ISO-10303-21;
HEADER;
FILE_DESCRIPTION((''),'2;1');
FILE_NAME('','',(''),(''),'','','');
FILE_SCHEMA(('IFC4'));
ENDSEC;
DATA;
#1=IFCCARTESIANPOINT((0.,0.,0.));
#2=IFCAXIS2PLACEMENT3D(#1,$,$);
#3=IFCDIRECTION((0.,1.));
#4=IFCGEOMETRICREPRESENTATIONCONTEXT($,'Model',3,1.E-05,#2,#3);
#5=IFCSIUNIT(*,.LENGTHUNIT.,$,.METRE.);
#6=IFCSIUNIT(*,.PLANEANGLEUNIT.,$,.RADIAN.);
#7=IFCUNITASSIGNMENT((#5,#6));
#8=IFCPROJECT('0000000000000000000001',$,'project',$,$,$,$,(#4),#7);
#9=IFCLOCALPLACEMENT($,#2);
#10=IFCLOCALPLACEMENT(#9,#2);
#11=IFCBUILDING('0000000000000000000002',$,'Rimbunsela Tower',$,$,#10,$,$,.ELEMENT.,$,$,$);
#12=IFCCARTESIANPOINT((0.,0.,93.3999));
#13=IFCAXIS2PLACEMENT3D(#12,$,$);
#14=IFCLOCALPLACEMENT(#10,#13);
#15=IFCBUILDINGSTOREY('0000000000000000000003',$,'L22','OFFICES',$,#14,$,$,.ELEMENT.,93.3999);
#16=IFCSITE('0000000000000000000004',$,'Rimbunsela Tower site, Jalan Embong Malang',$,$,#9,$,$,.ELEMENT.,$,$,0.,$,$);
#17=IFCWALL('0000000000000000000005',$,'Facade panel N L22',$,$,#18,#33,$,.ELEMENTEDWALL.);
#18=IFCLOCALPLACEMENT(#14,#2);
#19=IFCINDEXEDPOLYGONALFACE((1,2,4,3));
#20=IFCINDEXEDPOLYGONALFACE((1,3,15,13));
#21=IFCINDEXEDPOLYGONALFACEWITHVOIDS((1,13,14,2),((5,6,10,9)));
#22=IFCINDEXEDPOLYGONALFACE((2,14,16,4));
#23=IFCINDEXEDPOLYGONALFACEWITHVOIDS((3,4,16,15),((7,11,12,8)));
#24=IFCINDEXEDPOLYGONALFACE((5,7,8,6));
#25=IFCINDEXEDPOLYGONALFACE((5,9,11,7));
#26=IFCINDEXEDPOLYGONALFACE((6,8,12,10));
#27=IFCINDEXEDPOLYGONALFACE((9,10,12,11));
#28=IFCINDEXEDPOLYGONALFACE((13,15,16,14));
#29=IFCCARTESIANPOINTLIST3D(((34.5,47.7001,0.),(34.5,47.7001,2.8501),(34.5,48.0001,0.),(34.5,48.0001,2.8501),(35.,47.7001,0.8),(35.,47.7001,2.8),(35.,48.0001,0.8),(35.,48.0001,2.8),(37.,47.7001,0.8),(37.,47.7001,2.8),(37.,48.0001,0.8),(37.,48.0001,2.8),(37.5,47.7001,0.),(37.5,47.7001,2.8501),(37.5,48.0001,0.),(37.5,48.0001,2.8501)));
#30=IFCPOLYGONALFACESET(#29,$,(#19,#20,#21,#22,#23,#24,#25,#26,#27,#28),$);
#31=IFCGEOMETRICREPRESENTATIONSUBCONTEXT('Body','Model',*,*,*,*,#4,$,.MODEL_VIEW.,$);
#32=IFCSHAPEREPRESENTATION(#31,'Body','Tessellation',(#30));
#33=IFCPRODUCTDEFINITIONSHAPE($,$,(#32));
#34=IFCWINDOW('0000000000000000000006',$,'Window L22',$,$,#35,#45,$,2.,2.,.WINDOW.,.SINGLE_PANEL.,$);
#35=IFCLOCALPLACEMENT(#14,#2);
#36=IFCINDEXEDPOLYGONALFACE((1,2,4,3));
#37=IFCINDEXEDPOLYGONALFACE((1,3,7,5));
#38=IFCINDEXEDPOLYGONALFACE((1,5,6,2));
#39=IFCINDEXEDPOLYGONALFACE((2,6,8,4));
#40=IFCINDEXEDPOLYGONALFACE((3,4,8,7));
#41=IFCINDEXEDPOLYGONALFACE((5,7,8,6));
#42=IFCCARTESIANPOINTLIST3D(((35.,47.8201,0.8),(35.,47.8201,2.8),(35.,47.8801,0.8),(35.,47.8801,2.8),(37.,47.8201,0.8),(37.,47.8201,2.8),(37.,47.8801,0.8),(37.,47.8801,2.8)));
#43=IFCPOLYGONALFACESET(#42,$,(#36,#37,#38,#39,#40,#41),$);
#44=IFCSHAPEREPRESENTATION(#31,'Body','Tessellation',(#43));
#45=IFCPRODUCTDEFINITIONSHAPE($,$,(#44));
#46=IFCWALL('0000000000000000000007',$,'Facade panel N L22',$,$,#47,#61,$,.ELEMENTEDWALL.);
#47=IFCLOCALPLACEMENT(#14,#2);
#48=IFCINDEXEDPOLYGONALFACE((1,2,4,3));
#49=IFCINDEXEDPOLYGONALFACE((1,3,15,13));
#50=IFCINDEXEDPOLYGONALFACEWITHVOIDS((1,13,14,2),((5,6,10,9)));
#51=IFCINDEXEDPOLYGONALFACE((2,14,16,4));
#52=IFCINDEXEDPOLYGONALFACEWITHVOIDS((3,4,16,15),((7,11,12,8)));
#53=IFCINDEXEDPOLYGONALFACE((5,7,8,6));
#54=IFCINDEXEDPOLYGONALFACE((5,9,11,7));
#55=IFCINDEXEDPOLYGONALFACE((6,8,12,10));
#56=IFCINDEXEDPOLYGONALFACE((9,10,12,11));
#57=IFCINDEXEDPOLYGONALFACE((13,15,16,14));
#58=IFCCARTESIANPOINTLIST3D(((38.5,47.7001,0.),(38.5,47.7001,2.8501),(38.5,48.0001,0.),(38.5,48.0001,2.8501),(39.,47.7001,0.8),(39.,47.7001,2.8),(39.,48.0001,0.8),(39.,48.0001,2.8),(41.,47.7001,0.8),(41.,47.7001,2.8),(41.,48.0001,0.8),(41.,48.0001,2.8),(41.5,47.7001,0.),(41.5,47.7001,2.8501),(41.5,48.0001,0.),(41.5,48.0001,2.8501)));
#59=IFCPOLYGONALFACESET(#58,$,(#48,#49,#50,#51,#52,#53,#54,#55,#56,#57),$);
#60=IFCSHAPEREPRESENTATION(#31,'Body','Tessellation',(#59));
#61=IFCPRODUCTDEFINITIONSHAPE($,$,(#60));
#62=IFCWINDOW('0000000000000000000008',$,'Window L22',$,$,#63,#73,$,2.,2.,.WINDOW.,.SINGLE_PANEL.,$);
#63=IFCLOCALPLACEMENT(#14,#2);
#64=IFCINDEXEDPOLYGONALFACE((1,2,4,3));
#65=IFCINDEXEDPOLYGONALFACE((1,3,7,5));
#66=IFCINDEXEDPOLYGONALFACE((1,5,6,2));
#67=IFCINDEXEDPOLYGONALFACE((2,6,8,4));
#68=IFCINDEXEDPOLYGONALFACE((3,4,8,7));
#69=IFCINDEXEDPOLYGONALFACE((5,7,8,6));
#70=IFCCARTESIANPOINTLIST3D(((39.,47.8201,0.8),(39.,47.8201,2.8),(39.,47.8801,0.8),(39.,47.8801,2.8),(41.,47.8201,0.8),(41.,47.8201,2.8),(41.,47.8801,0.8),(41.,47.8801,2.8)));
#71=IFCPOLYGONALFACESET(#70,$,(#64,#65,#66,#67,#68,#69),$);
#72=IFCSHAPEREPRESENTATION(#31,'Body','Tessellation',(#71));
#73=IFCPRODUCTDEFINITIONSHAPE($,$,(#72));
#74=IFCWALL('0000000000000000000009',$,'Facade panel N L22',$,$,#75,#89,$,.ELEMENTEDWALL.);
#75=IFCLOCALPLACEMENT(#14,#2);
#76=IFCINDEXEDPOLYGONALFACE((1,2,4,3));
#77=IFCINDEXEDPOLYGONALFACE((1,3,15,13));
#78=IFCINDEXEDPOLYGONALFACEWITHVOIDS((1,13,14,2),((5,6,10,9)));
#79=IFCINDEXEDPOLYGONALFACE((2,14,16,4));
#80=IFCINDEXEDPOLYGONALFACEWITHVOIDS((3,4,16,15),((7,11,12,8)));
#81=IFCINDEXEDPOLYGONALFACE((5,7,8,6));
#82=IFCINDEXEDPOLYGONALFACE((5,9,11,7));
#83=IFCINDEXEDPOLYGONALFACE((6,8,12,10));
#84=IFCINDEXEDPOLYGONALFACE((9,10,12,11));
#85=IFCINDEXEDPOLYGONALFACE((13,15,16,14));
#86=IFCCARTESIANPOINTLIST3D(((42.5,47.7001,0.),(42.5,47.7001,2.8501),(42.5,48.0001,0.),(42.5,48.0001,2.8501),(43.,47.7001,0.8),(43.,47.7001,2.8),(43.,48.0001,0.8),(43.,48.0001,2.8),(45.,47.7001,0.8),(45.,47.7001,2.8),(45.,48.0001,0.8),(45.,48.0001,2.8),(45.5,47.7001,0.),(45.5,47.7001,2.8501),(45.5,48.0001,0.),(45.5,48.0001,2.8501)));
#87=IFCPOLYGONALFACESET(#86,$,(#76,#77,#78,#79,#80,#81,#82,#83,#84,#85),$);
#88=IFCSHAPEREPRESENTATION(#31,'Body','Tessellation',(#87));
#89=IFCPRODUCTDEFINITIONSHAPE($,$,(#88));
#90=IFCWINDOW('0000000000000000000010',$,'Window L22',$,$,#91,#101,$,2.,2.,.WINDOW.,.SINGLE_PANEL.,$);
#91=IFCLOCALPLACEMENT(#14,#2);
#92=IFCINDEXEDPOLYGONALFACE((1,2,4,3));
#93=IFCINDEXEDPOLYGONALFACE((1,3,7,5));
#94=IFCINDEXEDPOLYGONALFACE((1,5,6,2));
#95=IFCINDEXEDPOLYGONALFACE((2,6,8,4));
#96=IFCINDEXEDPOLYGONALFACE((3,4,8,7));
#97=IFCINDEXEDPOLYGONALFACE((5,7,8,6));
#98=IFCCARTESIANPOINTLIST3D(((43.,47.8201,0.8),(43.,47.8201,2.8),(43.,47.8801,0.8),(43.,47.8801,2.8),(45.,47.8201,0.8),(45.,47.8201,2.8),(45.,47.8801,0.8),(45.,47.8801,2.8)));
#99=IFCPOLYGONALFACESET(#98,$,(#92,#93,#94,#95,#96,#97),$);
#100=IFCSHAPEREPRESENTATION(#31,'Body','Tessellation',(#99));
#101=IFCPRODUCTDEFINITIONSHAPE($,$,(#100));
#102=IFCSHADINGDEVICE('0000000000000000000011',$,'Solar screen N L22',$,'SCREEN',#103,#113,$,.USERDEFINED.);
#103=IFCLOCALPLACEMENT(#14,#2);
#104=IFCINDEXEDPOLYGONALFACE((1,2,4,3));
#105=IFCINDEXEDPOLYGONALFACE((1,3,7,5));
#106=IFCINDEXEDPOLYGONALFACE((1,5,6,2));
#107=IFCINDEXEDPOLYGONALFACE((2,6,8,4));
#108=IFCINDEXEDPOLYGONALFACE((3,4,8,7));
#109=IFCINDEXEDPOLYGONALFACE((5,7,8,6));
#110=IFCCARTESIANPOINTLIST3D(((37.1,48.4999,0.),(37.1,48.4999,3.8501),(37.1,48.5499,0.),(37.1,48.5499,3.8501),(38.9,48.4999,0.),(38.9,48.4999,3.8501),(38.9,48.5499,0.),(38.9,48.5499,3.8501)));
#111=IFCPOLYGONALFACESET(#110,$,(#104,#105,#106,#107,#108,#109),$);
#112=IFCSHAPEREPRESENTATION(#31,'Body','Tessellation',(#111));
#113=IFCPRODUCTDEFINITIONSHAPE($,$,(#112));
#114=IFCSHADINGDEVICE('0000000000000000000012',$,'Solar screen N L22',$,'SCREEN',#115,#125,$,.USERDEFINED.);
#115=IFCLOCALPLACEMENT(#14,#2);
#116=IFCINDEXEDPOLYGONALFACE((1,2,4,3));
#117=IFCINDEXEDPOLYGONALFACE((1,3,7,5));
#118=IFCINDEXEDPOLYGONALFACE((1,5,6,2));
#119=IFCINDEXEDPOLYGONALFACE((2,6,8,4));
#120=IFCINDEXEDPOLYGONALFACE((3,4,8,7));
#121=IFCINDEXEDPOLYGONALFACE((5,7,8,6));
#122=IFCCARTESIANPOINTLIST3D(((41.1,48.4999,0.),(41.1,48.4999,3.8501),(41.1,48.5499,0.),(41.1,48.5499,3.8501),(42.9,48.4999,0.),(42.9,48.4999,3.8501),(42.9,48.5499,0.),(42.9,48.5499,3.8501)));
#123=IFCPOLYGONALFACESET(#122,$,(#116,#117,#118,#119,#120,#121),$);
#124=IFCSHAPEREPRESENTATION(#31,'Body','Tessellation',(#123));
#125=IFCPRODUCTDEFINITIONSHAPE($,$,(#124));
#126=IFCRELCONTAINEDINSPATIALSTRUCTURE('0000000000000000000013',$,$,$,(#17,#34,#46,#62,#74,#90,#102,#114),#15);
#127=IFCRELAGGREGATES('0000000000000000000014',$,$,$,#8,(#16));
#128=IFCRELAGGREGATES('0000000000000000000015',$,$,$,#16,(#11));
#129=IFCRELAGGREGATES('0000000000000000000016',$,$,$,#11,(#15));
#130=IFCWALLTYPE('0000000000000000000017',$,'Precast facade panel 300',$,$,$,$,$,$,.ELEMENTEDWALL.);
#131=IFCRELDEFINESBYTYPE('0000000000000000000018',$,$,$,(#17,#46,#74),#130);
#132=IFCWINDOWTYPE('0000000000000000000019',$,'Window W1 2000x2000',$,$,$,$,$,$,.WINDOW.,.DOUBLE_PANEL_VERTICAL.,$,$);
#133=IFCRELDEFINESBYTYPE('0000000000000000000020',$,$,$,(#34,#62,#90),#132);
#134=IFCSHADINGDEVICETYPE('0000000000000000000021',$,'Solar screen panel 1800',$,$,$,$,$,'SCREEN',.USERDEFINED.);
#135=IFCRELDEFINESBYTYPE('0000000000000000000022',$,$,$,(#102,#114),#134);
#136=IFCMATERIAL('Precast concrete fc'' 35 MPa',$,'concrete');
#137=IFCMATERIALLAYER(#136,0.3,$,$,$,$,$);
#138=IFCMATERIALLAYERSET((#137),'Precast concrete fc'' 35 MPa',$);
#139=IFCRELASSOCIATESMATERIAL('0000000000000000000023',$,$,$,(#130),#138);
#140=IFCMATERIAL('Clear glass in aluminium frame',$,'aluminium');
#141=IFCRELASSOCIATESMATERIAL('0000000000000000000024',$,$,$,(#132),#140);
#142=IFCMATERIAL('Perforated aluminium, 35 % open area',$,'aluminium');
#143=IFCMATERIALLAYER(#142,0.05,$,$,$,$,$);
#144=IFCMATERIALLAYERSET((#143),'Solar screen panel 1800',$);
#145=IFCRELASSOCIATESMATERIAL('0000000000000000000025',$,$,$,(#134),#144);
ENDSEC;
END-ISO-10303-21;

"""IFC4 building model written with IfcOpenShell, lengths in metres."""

from ifc_helpers import new_model, si_unit, direction, frame, frame_2d, origin, origin_2d, place, context, subcontext, project, spatial, rectangle, extrude, material, layer, layer_set, type_object, element, fill, save


model = new_model("IFC4")

# Units and contexts
model_context = context("Model", 3, precision=1e-05, world=origin(), true_north=direction((0.0, 1.0)))
body_context = subcontext(model_context, "Body", "Model", "MODEL_VIEW")
ifc_project = project(units=[si_unit("LENGTHUNIT", "METRE"), si_unit("PLANEANGLEUNIT", "RADIAN")], contexts=[model_context])

# Site, building, storey
site_placement = place(None, origin())
site = spatial("IfcSite", under=ifc_project, at=site_placement, Name="Rimbunsela Tower site, Jalan Embong Malang", CompositionType="ELEMENT", RefElevation=0.0)
building_placement = place(site_placement, origin())
building = spatial("IfcBuilding", under=site, at=building_placement, Name="Rimbunsela Tower", CompositionType="ELEMENT")
storey_placement = place(building_placement, frame((0.0, 0.0, 93.3999)))
storey = spatial("IfcBuildingStorey", under=building, at=storey_placement, Name="L22", Description="OFFICES", CompositionType="ELEMENT", Elevation=93.3999)

# Walls, openings, windows
ifc_material_1 = material(Name="Precast concrete fc' 35 MPa", Category="concrete")
ifc_layer_1 = layer(ifc_material_1, 0.3)
ifc_layer_set_1 = layer_set([ifc_layer_1], Name="Precast concrete fc' 35 MPa")
wall_type_1 = type_object("IfcWallType", Name="Precast facade panel 300", PredefinedType="ELEMENTEDWALL", material=ifc_layer_set_1)
wall_1_placement = place(storey_placement, frame((37.5, 47.8501, 0.0), z_axis=(0.0, 0.0, 1.0), x_axis=(-1.0, 0.0, 0.0)))
wall_1 = element("IfcWall", 1, at=wall_1_placement, inside=storey, type_object=wall_type_1, Name="Facade panel N L22", PredefinedType="ELEMENTEDWALL", context=body_context, shape_type="SweptSolid", body=[
    extrude(rectangle(XDim=3.0, YDim=0.3, at=frame_2d((1.5, 0.0))), origin(), (0.0, 0.0, 1.0), 2.8501),
])
opening_1_placement = place(wall_1_placement, frame((0.5, 0.0, 0.8)))
opening_1 = element("IfcOpeningElement", 2, at=opening_1_placement, cuts=wall_1, PredefinedType="OPENING", context=body_context, shape_type="SweptSolid", body=[
    extrude(rectangle(XDim=2.0, YDim=2.0, at=frame_2d((1.0, 1.0))), frame((0.0, 0.1599, 0.0), z_axis=(0.0, -1.0, 0.0), x_axis=(1.0, 0.0, 0.0)), (0.0, 0.0, 1.0), 0.3201),
])
ifc_material_2 = material(Name="Clear glass in aluminium frame", Category="aluminium")
window_type = type_object("IfcWindowType", Name="Window W1 2000x2000", PartitioningType="DOUBLE_PANEL_VERTICAL", PredefinedType="WINDOW", material=ifc_material_2)
window_1_placement = place(opening_1_placement, origin())
window_1 = element("IfcWindow", 3, at=window_1_placement, inside=storey, type_object=window_type, Name="Window L22", OverallHeight=2.0, OverallWidth=2.0, PartitioningType="SINGLE_PANEL", PredefinedType="WINDOW", context=body_context, shape_type="SweptSolid", body=[
    extrude(rectangle(XDim=2.0, YDim=2.0, at=frame_2d((1.0, 1.0))), frame((0.0, 0.03, 0.0), z_axis=(0.0, -1.0, 0.0), x_axis=(1.0, 0.0, 0.0)), (0.0, 0.0, 1.0), 0.0601),
])
fill(opening_1, window_1)
wall_2_placement = place(storey_placement, frame((41.5, 47.8501, 0.0), z_axis=(0.0, 0.0, 1.0), x_axis=(-1.0, 0.0, 0.0)))
wall_2 = element("IfcWall", 4, at=wall_2_placement, inside=storey, type_object=wall_type_1, Name="Facade panel N L22", PredefinedType="ELEMENTEDWALL", context=body_context, shape_type="SweptSolid", body=[
    extrude(rectangle(XDim=3.0, YDim=0.3, at=frame_2d((1.5, 0.0))), origin(), (0.0, 0.0, 1.0), 2.8501),
])
opening_2_placement = place(wall_2_placement, frame((0.5, 0.0, 0.8)))
opening_2 = element("IfcOpeningElement", 5, at=opening_2_placement, cuts=wall_2, PredefinedType="OPENING", context=body_context, shape_type="SweptSolid", body=[
    extrude(rectangle(XDim=2.0, YDim=2.0, at=frame_2d((1.0, 1.0))), frame((0.0, 0.1599, 0.0), z_axis=(0.0, -1.0, 0.0), x_axis=(1.0, 0.0, 0.0)), (0.0, 0.0, 1.0), 0.3201),
])
window_2_placement = place(opening_2_placement, origin())
window_2 = element("IfcWindow", 6, at=window_2_placement, inside=storey, type_object=window_type, Name="Window L22", OverallHeight=2.0, OverallWidth=2.0, PartitioningType="SINGLE_PANEL", PredefinedType="WINDOW", context=body_context, shape_type="SweptSolid", body=[
    extrude(rectangle(XDim=2.0, YDim=2.0, at=frame_2d((1.0, 1.0))), frame((0.0, 0.03, 0.0), z_axis=(0.0, -1.0, 0.0), x_axis=(1.0, 0.0, 0.0)), (0.0, 0.0, 1.0), 0.0601),
])
fill(opening_2, window_2)
wall_3_placement = place(storey_placement, frame((45.5, 47.8501, 0.0), z_axis=(0.0, 0.0, 1.0), x_axis=(-1.0, 0.0, 0.0)))
wall_3 = element("IfcWall", 7, at=wall_3_placement, inside=storey, type_object=wall_type_1, Name="Facade panel N L22", PredefinedType="ELEMENTEDWALL", context=body_context, shape_type="SweptSolid", body=[
    extrude(rectangle(XDim=3.0, YDim=0.3, at=frame_2d((1.5, 0.0))), origin(), (0.0, 0.0, 1.0), 2.8501),
])
opening_3_placement = place(wall_3_placement, frame((0.5, 0.0, 0.8)))
opening_3 = element("IfcOpeningElement", 8, at=opening_3_placement, cuts=wall_3, PredefinedType="OPENING", context=body_context, shape_type="SweptSolid", body=[
    extrude(rectangle(XDim=2.0, YDim=2.0, at=frame_2d((1.0, 1.0))), frame((0.0, 0.1599, 0.0), z_axis=(0.0, -1.0, 0.0), x_axis=(1.0, 0.0, 0.0)), (0.0, 0.0, 1.0), 0.3201),
])
window_3_placement = place(opening_3_placement, origin())
window_3 = element("IfcWindow", 9, at=window_3_placement, inside=storey, type_object=window_type, Name="Window L22", OverallHeight=2.0, OverallWidth=2.0, PartitioningType="SINGLE_PANEL", PredefinedType="WINDOW", context=body_context, shape_type="SweptSolid", body=[
    extrude(rectangle(XDim=2.0, YDim=2.0, at=frame_2d((1.0, 1.0))), frame((0.0, 0.03, 0.0), z_axis=(0.0, -1.0, 0.0), x_axis=(1.0, 0.0, 0.0)), (0.0, 0.0, 1.0), 0.0601),
])
fill(opening_3, window_3)

# Shading devices
ifc_material_3 = material(Name="Perforated aluminium, 35 % open area", Category="aluminium")
ifc_layer_2 = layer(ifc_material_3, 0.05)
ifc_layer_set_2 = layer_set([ifc_layer_2], Name="Solar screen panel 1800")
shading_device_type = type_object("IfcShadingDeviceType", Name="Solar screen panel 1800", ElementType="SCREEN", PredefinedType="USERDEFINED", material=ifc_layer_set_2)
for number, where, z_axis, x_axis, name in (
    (10, (38.0, 48.5249, 0.0), (0.0, 0.0, 1.0), (1.0, 0.0, 0.0), "Solar screen N L22"),
    (11, (42.0, 48.5249, 0.0), (0.0, 0.0, 1.0), (1.0, 0.0, 0.0), "Solar screen N L22"),
):
    element("IfcShadingDevice", number, at=place(storey_placement, frame(where, z_axis=z_axis, x_axis=x_axis)), inside=storey, type_object=shading_device_type, Name=name, ObjectType="SCREEN", PredefinedType="USERDEFINED", context=body_context, shape_type="SweptSolid", body=[
        extrude(rectangle(XDim=1.8, YDim=0.05, at=origin_2d()), origin(), (0.0, 0.0, 1.0), 3.8501),
    ])

save(model, "model.ifc")
